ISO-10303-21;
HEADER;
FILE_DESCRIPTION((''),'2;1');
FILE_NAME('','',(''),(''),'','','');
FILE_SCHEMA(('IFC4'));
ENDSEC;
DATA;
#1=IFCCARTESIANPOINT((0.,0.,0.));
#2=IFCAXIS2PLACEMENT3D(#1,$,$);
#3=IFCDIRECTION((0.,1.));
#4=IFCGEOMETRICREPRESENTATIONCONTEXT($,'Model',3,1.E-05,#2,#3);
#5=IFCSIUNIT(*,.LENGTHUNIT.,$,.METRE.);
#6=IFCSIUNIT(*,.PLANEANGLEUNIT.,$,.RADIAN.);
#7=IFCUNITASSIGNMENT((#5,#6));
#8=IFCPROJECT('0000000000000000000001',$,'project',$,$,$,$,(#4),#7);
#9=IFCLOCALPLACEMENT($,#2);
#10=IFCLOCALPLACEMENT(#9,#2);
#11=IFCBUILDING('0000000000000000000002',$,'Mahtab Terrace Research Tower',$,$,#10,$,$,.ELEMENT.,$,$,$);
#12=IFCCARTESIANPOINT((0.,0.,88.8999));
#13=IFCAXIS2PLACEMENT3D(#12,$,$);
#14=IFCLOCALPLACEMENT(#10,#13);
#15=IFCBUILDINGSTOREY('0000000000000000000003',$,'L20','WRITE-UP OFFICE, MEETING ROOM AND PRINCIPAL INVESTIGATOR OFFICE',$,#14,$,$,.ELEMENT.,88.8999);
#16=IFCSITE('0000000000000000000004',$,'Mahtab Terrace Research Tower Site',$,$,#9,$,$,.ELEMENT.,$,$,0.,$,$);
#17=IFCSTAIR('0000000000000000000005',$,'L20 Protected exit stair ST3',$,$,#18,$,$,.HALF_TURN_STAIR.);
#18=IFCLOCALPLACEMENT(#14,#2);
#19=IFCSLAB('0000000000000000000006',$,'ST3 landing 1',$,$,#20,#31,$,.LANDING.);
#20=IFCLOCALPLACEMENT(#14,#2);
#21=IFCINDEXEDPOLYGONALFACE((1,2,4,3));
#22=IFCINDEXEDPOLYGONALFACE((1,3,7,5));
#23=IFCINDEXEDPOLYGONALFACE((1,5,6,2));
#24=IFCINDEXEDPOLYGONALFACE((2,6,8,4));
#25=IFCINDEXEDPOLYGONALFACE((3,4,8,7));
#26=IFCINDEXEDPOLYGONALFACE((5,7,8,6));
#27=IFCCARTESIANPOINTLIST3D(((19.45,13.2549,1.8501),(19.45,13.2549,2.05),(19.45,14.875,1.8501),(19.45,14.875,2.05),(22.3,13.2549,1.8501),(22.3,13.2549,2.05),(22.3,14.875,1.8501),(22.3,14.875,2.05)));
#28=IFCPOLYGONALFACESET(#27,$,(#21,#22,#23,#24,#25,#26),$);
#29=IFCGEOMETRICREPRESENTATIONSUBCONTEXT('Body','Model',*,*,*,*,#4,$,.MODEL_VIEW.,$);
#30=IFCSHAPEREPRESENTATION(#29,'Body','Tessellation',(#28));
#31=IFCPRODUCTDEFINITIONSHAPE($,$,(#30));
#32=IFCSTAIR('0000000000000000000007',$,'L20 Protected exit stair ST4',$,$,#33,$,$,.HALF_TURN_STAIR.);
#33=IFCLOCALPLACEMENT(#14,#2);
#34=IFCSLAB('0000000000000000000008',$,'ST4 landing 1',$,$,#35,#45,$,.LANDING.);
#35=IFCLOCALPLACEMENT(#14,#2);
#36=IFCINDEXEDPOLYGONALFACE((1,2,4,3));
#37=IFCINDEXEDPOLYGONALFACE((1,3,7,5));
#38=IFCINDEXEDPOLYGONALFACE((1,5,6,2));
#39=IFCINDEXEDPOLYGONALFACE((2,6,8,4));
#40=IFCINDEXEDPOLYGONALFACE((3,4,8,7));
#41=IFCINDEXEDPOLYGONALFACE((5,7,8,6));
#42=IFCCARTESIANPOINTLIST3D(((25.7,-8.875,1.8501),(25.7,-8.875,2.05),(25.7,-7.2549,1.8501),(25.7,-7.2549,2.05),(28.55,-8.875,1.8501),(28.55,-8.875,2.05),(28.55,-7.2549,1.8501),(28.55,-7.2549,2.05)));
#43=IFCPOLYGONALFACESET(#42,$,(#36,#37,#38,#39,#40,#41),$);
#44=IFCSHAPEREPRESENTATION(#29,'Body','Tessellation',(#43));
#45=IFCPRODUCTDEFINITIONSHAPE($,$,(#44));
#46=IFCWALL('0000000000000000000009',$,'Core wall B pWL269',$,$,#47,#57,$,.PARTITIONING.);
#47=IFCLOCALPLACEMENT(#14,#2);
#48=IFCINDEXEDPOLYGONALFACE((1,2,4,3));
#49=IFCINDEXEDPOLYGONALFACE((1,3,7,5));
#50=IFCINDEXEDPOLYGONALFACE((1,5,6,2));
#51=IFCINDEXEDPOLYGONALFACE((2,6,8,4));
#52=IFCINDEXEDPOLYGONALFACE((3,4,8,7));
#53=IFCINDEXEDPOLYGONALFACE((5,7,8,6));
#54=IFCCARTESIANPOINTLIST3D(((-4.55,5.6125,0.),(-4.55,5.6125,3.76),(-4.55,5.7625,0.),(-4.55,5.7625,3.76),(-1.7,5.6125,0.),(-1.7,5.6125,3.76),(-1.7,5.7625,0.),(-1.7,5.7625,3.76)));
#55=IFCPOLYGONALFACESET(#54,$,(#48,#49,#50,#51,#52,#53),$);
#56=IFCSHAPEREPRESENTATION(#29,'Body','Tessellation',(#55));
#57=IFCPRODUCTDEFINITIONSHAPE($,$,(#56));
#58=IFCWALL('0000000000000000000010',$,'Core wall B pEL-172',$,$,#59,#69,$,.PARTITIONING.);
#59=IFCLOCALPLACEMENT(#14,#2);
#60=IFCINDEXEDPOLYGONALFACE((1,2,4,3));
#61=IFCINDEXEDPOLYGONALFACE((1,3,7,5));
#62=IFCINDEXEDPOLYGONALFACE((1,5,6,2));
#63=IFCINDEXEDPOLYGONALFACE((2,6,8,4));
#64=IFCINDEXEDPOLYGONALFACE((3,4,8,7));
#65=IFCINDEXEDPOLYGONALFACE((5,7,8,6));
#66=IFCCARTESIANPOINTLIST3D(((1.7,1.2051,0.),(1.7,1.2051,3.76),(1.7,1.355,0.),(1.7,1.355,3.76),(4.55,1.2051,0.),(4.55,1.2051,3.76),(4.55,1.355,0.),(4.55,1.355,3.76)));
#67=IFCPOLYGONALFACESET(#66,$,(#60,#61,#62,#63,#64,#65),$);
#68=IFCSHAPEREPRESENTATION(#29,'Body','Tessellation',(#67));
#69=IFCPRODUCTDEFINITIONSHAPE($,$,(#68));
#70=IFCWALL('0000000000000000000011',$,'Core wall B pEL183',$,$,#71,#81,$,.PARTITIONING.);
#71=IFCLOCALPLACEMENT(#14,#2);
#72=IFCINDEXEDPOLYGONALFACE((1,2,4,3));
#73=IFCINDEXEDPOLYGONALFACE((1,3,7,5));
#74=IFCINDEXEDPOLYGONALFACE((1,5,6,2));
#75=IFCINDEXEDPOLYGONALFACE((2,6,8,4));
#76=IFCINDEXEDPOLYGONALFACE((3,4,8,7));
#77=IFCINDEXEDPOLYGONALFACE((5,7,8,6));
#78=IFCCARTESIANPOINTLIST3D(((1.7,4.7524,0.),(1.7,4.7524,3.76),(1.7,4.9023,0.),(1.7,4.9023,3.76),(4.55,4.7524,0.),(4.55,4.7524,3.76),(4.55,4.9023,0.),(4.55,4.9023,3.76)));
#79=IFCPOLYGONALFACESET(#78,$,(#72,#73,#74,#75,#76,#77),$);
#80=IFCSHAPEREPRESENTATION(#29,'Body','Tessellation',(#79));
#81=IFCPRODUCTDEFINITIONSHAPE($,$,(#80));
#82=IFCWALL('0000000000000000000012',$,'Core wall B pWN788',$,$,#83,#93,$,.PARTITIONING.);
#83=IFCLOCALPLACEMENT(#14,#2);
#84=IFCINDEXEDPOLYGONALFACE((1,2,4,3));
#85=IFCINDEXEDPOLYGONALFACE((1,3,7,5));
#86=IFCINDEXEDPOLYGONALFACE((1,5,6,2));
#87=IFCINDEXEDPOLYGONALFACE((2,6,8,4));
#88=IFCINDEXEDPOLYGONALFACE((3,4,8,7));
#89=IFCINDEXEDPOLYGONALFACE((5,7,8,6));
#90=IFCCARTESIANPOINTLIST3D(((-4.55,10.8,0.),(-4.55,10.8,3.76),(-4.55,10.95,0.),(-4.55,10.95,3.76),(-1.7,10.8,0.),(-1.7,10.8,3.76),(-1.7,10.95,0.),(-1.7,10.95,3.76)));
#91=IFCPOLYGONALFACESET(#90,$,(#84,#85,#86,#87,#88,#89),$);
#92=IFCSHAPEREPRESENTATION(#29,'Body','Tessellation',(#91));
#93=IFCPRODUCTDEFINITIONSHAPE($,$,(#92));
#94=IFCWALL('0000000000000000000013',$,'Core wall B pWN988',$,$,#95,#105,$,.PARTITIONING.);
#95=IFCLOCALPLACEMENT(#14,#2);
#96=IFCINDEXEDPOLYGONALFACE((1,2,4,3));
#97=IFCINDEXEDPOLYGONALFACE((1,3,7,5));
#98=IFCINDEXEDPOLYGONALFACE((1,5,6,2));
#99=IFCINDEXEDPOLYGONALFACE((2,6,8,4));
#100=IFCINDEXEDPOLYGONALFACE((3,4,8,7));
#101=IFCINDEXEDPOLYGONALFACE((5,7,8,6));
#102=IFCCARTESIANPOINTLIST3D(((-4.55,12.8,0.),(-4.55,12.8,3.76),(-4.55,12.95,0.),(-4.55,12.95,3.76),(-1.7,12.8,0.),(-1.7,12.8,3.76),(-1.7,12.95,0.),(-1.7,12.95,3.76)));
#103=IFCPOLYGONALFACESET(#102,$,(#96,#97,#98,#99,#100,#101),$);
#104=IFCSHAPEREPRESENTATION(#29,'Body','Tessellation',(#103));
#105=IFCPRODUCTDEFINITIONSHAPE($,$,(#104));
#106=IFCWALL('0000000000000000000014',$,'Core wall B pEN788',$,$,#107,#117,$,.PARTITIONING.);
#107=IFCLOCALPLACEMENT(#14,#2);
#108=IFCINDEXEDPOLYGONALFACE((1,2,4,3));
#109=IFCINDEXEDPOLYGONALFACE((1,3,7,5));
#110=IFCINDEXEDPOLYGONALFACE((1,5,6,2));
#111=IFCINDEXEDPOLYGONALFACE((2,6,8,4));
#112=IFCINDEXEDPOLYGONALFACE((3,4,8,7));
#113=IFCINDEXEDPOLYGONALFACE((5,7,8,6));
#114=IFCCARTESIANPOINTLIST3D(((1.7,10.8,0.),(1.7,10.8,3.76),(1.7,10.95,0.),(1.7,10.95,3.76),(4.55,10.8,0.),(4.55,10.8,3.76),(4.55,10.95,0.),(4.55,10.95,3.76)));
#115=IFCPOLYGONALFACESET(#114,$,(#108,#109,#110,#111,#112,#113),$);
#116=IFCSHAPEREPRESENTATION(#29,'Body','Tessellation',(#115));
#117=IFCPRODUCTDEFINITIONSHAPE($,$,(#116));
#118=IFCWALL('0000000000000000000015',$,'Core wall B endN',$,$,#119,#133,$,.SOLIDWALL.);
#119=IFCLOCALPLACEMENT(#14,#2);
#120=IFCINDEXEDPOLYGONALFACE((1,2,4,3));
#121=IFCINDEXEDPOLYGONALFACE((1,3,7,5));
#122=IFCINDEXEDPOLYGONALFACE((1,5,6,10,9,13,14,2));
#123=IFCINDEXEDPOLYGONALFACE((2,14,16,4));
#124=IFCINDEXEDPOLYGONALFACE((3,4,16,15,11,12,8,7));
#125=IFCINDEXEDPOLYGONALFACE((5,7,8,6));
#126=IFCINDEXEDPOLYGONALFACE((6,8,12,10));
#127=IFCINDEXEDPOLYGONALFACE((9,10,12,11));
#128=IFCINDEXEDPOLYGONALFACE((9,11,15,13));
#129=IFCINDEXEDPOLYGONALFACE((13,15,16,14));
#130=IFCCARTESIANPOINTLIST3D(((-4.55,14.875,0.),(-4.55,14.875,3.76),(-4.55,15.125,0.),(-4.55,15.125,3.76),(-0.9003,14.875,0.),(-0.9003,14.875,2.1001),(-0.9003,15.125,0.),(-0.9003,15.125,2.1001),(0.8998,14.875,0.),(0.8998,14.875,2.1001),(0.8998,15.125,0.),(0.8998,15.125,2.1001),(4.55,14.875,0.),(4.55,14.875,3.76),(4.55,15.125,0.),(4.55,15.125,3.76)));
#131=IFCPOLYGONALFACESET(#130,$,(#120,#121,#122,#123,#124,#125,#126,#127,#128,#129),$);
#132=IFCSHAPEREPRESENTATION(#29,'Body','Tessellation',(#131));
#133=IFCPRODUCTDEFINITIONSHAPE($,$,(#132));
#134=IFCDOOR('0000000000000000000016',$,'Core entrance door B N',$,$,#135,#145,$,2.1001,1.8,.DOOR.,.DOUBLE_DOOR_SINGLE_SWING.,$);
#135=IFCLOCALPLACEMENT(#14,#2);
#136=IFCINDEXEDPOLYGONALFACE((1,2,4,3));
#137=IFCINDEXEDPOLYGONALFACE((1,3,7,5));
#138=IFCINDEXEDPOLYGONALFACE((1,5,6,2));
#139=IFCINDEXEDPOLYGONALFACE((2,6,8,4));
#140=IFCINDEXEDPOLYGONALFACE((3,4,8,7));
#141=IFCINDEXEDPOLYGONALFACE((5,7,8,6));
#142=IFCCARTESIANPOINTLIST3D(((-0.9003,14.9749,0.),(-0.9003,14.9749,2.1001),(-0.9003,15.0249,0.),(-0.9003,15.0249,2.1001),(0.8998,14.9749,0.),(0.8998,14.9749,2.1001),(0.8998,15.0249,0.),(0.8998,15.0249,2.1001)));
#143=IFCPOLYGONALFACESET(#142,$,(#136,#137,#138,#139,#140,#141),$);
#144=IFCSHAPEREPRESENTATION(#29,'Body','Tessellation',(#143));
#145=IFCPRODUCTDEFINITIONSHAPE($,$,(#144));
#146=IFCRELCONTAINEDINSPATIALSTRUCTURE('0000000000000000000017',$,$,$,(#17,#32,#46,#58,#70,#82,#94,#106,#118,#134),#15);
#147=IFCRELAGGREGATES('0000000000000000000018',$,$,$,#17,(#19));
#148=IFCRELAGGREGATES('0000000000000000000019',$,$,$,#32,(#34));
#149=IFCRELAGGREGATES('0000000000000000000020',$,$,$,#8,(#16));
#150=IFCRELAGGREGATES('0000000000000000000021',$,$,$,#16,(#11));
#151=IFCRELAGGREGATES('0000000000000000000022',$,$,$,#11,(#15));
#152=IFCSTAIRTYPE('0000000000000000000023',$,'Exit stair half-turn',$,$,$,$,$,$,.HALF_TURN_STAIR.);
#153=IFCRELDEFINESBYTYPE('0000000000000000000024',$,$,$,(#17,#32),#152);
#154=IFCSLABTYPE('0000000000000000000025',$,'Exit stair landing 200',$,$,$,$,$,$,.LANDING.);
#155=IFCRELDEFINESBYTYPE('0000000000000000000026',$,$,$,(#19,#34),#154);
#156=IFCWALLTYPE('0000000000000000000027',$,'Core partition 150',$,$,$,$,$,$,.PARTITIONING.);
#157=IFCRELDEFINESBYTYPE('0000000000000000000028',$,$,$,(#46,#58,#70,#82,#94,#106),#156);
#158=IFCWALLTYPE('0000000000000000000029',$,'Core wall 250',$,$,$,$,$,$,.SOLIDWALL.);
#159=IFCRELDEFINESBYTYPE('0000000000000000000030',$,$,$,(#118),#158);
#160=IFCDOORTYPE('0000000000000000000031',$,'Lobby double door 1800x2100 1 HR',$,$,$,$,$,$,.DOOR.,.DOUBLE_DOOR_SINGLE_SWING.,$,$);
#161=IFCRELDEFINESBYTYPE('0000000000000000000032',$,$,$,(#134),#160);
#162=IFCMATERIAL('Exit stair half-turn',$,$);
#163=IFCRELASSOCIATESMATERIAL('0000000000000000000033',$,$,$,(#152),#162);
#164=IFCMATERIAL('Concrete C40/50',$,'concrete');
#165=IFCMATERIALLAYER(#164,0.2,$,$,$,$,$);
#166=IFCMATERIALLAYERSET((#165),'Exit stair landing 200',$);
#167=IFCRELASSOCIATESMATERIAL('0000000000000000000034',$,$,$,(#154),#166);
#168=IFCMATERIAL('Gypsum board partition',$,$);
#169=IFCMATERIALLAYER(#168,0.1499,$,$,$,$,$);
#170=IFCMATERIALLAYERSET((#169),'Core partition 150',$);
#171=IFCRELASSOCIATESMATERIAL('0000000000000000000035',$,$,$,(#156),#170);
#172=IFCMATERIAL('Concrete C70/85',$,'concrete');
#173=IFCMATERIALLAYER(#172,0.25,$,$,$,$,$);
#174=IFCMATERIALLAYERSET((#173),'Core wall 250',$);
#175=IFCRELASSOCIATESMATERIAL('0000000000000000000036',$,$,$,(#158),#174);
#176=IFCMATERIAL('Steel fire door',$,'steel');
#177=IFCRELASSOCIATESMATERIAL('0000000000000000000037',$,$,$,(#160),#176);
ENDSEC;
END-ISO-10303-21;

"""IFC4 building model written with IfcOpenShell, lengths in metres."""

from ifc_helpers import new_model, si_unit, direction, frame, frame_2d, origin, place, context, subcontext, project, spatial, polyline, rectangle, outline, extrude, material, layer, layer_set, type_object, element, fill, aggregate, save


model = new_model("IFC4")

# Units and contexts
model_context = context("Model", 3, precision=1e-05, world=origin(), true_north=direction((0.0, 1.0)))
body_context = subcontext(model_context, "Body", "Model", "MODEL_VIEW")
ifc_project = project(units=[si_unit("LENGTHUNIT", "METRE"), si_unit("PLANEANGLEUNIT", "RADIAN")], contexts=[model_context])

# Site, building, storey
site_placement = place(None, origin())
site = spatial("IfcSite", under=ifc_project, at=site_placement, Name="Mahtab Terrace Research Tower Site", CompositionType="ELEMENT", RefElevation=0.0)
building_placement = place(site_placement, origin())
building = spatial("IfcBuilding", under=site, at=building_placement, Name="Mahtab Terrace Research Tower", CompositionType="ELEMENT")
storey_placement = place(building_placement, frame((0.0, 0.0, 88.8999)))
storey = spatial("IfcBuildingStorey", under=building, at=storey_placement, Name="L20", Description="WRITE-UP OFFICE, MEETING ROOM AND PRINCIPAL INVESTIGATOR OFFICE", CompositionType="ELEMENT", Elevation=88.8999)

# Stairs, slabs
ifc_material_1 = material(Name="Exit stair half-turn")
stair_type = type_object("IfcStairType", Name="Exit stair half-turn", PredefinedType="HALF_TURN_STAIR", material=ifc_material_1)
stair_1_placement = place(storey_placement, origin())
stair_1 = element("IfcStair", 1, at=stair_1_placement, inside=storey, type_object=stair_type, Name="L20 Protected exit stair ST3", PredefinedType="HALF_TURN_STAIR")
ifc_material_2 = material(Name="Concrete C40/50", Category="concrete")
ifc_layer_1 = layer(ifc_material_2, 0.2)
ifc_layer_set_1 = layer_set([ifc_layer_1], Name="Exit stair landing 200")
slab_type = type_object("IfcSlabType", Name="Exit stair landing 200", PredefinedType="LANDING", material=ifc_layer_set_1)
slab_1_placement = place(storey_placement, frame((0.0, 0.0, 1.8501)))
slab_1 = element("IfcSlab", 2, at=slab_1_placement, type_object=slab_type, Name="ST3 landing 1", PredefinedType="LANDING", context=body_context, shape_type="SweptSolid", body=[
    extrude(outline(polyline([(22.3, 13.2549), (22.3, 14.875), (19.45, 14.875), (19.45, 13.2549), (22.3, 13.2549)])), origin(), (0.0, 0.0, 1.0), 0.2),
])
aggregate(stair_1, [slab_1])
stair_2_placement = place(storey_placement, origin())
stair_2 = element("IfcStair", 3, at=stair_2_placement, inside=storey, type_object=stair_type, Name="L20 Protected exit stair ST4", PredefinedType="HALF_TURN_STAIR")
slab_2_placement = place(storey_placement, frame((0.0, 0.0, 1.8501)))
slab_2 = element("IfcSlab", 4, at=slab_2_placement, type_object=slab_type, Name="ST4 landing 1", PredefinedType="LANDING", context=body_context, shape_type="SweptSolid", body=[
    extrude(outline(polyline([(25.7, -7.2549), (25.7, -8.875), (28.55, -8.875), (28.55, -7.2549), (25.7, -7.2549)])), origin(), (0.0, 0.0, 1.0), 0.2),
])
aggregate(stair_2, [slab_2])

# Walls
ifc_material_3 = material(Name="Gypsum board partition")
ifc_layer_2 = layer(ifc_material_3, 0.1499)
ifc_layer_set_2 = layer_set([ifc_layer_2], Name="Core partition 150")
wall_type_1 = type_object("IfcWallType", Name="Core partition 150", PredefinedType="PARTITIONING", material=ifc_layer_set_2)
for number, where, z_axis, x_axis, name in (
    (5, (-4.55, 5.6875, 0.0), (0.0, 0.0, 1.0), (1.0, 0.0, 0.0), "Core wall B pWL269"),
    (6, (1.7, 1.28, 0.0), (0.0, 0.0, 1.0), (1.0, 0.0, 0.0), "Core wall B pEL-172"),
    (7, (1.7, 4.8274, 0.0), (0.0, 0.0, 1.0), (1.0, 0.0, 0.0), "Core wall B pEL183"),
    (8, (-4.55, 10.875, 0.0), (0.0, 0.0, 1.0), (1.0, 0.0, 0.0), "Core wall B pWN788"),
    (9, (-4.55, 12.875, 0.0), (0.0, 0.0, 1.0), (1.0, 0.0, 0.0), "Core wall B pWN988"),
    (10, (1.7, 10.875, 0.0), (0.0, 0.0, 1.0), (1.0, 0.0, 0.0), "Core wall B pEN788"),
):
    element("IfcWall", number, at=place(storey_placement, frame(where, z_axis=z_axis, x_axis=x_axis)), inside=storey, type_object=wall_type_1, Name=name, PredefinedType="PARTITIONING", context=body_context, shape_type="SweptSolid", body=[
        extrude(rectangle(XDim=2.8501, YDim=0.1499, at=frame_2d((1.425, 0.0))), origin(), (0.0, 0.0, 1.0), 3.76),
    ])

# Wall, opening, door
ifc_material_4 = material(Name="Concrete C70/85", Category="concrete")
ifc_layer_3 = layer(ifc_material_4, 0.25)
ifc_layer_set_3 = layer_set([ifc_layer_3], Name="Core wall 250")
wall_type_2 = type_object("IfcWallType", Name="Core wall 250", PredefinedType="SOLIDWALL", material=ifc_layer_set_3)
wall_1_placement = place(storey_placement, frame((-4.55, 15.0, 0.0), z_axis=(0.0, 0.0, 1.0), x_axis=(1.0, 0.0, 0.0)))
wall_1 = element("IfcWall", 11, at=wall_1_placement, inside=storey, type_object=wall_type_2, Name="Core wall B endN", PredefinedType="SOLIDWALL", context=body_context, shape_type="SweptSolid", body=[
    extrude(rectangle(XDim=9.1001, YDim=0.25, at=frame_2d((4.55, 0.0))), origin(), (0.0, 0.0, 1.0), 3.76),
])
opening_1_placement = place(wall_1_placement, frame((3.6499, 0.0, 0.0)))
opening_1 = element("IfcOpeningElement", 12, at=opening_1_placement, cuts=wall_1, PredefinedType="OPENING", context=body_context, shape_type="SweptSolid", body=[
    extrude(rectangle(XDim=1.8, YDim=2.1001, at=frame_2d((0.8999, 1.05))), frame((0.0, 0.135, 0.0), z_axis=(0.0, -1.0, 0.0), x_axis=(1.0, 0.0, 0.0)), (0.0, 0.0, 1.0), 0.27),
])
ifc_material_5 = material(Name="Steel fire door", Category="steel")
door_type_1 = type_object("IfcDoorType", Name="Lobby double door 1800x2100 1 HR", OperationType="DOUBLE_DOOR_SINGLE_SWING", PredefinedType="DOOR", material=ifc_material_5)
door_1_placement = place(opening_1_placement, origin())
door_1 = element("IfcDoor", 13, at=door_1_placement, inside=storey, type_object=door_type_1, Name="Core entrance door B N", OperationType="DOUBLE_DOOR_SINGLE_SWING", OverallHeight=2.1001, OverallWidth=1.8, PredefinedType="DOOR", context=body_context, shape_type="SweptSolid", body=[
    extrude(rectangle(XDim=1.8, YDim=2.1001, at=frame_2d((0.8999, 1.05))), frame((0.0, 0.0249, 0.0), z_axis=(0.0, -1.0, 0.0), x_axis=(1.0, 0.0, 0.0)), (0.0, 0.0, 1.0), 0.05),
])
fill(opening_1, door_1)

save(model, "model.ifc")
